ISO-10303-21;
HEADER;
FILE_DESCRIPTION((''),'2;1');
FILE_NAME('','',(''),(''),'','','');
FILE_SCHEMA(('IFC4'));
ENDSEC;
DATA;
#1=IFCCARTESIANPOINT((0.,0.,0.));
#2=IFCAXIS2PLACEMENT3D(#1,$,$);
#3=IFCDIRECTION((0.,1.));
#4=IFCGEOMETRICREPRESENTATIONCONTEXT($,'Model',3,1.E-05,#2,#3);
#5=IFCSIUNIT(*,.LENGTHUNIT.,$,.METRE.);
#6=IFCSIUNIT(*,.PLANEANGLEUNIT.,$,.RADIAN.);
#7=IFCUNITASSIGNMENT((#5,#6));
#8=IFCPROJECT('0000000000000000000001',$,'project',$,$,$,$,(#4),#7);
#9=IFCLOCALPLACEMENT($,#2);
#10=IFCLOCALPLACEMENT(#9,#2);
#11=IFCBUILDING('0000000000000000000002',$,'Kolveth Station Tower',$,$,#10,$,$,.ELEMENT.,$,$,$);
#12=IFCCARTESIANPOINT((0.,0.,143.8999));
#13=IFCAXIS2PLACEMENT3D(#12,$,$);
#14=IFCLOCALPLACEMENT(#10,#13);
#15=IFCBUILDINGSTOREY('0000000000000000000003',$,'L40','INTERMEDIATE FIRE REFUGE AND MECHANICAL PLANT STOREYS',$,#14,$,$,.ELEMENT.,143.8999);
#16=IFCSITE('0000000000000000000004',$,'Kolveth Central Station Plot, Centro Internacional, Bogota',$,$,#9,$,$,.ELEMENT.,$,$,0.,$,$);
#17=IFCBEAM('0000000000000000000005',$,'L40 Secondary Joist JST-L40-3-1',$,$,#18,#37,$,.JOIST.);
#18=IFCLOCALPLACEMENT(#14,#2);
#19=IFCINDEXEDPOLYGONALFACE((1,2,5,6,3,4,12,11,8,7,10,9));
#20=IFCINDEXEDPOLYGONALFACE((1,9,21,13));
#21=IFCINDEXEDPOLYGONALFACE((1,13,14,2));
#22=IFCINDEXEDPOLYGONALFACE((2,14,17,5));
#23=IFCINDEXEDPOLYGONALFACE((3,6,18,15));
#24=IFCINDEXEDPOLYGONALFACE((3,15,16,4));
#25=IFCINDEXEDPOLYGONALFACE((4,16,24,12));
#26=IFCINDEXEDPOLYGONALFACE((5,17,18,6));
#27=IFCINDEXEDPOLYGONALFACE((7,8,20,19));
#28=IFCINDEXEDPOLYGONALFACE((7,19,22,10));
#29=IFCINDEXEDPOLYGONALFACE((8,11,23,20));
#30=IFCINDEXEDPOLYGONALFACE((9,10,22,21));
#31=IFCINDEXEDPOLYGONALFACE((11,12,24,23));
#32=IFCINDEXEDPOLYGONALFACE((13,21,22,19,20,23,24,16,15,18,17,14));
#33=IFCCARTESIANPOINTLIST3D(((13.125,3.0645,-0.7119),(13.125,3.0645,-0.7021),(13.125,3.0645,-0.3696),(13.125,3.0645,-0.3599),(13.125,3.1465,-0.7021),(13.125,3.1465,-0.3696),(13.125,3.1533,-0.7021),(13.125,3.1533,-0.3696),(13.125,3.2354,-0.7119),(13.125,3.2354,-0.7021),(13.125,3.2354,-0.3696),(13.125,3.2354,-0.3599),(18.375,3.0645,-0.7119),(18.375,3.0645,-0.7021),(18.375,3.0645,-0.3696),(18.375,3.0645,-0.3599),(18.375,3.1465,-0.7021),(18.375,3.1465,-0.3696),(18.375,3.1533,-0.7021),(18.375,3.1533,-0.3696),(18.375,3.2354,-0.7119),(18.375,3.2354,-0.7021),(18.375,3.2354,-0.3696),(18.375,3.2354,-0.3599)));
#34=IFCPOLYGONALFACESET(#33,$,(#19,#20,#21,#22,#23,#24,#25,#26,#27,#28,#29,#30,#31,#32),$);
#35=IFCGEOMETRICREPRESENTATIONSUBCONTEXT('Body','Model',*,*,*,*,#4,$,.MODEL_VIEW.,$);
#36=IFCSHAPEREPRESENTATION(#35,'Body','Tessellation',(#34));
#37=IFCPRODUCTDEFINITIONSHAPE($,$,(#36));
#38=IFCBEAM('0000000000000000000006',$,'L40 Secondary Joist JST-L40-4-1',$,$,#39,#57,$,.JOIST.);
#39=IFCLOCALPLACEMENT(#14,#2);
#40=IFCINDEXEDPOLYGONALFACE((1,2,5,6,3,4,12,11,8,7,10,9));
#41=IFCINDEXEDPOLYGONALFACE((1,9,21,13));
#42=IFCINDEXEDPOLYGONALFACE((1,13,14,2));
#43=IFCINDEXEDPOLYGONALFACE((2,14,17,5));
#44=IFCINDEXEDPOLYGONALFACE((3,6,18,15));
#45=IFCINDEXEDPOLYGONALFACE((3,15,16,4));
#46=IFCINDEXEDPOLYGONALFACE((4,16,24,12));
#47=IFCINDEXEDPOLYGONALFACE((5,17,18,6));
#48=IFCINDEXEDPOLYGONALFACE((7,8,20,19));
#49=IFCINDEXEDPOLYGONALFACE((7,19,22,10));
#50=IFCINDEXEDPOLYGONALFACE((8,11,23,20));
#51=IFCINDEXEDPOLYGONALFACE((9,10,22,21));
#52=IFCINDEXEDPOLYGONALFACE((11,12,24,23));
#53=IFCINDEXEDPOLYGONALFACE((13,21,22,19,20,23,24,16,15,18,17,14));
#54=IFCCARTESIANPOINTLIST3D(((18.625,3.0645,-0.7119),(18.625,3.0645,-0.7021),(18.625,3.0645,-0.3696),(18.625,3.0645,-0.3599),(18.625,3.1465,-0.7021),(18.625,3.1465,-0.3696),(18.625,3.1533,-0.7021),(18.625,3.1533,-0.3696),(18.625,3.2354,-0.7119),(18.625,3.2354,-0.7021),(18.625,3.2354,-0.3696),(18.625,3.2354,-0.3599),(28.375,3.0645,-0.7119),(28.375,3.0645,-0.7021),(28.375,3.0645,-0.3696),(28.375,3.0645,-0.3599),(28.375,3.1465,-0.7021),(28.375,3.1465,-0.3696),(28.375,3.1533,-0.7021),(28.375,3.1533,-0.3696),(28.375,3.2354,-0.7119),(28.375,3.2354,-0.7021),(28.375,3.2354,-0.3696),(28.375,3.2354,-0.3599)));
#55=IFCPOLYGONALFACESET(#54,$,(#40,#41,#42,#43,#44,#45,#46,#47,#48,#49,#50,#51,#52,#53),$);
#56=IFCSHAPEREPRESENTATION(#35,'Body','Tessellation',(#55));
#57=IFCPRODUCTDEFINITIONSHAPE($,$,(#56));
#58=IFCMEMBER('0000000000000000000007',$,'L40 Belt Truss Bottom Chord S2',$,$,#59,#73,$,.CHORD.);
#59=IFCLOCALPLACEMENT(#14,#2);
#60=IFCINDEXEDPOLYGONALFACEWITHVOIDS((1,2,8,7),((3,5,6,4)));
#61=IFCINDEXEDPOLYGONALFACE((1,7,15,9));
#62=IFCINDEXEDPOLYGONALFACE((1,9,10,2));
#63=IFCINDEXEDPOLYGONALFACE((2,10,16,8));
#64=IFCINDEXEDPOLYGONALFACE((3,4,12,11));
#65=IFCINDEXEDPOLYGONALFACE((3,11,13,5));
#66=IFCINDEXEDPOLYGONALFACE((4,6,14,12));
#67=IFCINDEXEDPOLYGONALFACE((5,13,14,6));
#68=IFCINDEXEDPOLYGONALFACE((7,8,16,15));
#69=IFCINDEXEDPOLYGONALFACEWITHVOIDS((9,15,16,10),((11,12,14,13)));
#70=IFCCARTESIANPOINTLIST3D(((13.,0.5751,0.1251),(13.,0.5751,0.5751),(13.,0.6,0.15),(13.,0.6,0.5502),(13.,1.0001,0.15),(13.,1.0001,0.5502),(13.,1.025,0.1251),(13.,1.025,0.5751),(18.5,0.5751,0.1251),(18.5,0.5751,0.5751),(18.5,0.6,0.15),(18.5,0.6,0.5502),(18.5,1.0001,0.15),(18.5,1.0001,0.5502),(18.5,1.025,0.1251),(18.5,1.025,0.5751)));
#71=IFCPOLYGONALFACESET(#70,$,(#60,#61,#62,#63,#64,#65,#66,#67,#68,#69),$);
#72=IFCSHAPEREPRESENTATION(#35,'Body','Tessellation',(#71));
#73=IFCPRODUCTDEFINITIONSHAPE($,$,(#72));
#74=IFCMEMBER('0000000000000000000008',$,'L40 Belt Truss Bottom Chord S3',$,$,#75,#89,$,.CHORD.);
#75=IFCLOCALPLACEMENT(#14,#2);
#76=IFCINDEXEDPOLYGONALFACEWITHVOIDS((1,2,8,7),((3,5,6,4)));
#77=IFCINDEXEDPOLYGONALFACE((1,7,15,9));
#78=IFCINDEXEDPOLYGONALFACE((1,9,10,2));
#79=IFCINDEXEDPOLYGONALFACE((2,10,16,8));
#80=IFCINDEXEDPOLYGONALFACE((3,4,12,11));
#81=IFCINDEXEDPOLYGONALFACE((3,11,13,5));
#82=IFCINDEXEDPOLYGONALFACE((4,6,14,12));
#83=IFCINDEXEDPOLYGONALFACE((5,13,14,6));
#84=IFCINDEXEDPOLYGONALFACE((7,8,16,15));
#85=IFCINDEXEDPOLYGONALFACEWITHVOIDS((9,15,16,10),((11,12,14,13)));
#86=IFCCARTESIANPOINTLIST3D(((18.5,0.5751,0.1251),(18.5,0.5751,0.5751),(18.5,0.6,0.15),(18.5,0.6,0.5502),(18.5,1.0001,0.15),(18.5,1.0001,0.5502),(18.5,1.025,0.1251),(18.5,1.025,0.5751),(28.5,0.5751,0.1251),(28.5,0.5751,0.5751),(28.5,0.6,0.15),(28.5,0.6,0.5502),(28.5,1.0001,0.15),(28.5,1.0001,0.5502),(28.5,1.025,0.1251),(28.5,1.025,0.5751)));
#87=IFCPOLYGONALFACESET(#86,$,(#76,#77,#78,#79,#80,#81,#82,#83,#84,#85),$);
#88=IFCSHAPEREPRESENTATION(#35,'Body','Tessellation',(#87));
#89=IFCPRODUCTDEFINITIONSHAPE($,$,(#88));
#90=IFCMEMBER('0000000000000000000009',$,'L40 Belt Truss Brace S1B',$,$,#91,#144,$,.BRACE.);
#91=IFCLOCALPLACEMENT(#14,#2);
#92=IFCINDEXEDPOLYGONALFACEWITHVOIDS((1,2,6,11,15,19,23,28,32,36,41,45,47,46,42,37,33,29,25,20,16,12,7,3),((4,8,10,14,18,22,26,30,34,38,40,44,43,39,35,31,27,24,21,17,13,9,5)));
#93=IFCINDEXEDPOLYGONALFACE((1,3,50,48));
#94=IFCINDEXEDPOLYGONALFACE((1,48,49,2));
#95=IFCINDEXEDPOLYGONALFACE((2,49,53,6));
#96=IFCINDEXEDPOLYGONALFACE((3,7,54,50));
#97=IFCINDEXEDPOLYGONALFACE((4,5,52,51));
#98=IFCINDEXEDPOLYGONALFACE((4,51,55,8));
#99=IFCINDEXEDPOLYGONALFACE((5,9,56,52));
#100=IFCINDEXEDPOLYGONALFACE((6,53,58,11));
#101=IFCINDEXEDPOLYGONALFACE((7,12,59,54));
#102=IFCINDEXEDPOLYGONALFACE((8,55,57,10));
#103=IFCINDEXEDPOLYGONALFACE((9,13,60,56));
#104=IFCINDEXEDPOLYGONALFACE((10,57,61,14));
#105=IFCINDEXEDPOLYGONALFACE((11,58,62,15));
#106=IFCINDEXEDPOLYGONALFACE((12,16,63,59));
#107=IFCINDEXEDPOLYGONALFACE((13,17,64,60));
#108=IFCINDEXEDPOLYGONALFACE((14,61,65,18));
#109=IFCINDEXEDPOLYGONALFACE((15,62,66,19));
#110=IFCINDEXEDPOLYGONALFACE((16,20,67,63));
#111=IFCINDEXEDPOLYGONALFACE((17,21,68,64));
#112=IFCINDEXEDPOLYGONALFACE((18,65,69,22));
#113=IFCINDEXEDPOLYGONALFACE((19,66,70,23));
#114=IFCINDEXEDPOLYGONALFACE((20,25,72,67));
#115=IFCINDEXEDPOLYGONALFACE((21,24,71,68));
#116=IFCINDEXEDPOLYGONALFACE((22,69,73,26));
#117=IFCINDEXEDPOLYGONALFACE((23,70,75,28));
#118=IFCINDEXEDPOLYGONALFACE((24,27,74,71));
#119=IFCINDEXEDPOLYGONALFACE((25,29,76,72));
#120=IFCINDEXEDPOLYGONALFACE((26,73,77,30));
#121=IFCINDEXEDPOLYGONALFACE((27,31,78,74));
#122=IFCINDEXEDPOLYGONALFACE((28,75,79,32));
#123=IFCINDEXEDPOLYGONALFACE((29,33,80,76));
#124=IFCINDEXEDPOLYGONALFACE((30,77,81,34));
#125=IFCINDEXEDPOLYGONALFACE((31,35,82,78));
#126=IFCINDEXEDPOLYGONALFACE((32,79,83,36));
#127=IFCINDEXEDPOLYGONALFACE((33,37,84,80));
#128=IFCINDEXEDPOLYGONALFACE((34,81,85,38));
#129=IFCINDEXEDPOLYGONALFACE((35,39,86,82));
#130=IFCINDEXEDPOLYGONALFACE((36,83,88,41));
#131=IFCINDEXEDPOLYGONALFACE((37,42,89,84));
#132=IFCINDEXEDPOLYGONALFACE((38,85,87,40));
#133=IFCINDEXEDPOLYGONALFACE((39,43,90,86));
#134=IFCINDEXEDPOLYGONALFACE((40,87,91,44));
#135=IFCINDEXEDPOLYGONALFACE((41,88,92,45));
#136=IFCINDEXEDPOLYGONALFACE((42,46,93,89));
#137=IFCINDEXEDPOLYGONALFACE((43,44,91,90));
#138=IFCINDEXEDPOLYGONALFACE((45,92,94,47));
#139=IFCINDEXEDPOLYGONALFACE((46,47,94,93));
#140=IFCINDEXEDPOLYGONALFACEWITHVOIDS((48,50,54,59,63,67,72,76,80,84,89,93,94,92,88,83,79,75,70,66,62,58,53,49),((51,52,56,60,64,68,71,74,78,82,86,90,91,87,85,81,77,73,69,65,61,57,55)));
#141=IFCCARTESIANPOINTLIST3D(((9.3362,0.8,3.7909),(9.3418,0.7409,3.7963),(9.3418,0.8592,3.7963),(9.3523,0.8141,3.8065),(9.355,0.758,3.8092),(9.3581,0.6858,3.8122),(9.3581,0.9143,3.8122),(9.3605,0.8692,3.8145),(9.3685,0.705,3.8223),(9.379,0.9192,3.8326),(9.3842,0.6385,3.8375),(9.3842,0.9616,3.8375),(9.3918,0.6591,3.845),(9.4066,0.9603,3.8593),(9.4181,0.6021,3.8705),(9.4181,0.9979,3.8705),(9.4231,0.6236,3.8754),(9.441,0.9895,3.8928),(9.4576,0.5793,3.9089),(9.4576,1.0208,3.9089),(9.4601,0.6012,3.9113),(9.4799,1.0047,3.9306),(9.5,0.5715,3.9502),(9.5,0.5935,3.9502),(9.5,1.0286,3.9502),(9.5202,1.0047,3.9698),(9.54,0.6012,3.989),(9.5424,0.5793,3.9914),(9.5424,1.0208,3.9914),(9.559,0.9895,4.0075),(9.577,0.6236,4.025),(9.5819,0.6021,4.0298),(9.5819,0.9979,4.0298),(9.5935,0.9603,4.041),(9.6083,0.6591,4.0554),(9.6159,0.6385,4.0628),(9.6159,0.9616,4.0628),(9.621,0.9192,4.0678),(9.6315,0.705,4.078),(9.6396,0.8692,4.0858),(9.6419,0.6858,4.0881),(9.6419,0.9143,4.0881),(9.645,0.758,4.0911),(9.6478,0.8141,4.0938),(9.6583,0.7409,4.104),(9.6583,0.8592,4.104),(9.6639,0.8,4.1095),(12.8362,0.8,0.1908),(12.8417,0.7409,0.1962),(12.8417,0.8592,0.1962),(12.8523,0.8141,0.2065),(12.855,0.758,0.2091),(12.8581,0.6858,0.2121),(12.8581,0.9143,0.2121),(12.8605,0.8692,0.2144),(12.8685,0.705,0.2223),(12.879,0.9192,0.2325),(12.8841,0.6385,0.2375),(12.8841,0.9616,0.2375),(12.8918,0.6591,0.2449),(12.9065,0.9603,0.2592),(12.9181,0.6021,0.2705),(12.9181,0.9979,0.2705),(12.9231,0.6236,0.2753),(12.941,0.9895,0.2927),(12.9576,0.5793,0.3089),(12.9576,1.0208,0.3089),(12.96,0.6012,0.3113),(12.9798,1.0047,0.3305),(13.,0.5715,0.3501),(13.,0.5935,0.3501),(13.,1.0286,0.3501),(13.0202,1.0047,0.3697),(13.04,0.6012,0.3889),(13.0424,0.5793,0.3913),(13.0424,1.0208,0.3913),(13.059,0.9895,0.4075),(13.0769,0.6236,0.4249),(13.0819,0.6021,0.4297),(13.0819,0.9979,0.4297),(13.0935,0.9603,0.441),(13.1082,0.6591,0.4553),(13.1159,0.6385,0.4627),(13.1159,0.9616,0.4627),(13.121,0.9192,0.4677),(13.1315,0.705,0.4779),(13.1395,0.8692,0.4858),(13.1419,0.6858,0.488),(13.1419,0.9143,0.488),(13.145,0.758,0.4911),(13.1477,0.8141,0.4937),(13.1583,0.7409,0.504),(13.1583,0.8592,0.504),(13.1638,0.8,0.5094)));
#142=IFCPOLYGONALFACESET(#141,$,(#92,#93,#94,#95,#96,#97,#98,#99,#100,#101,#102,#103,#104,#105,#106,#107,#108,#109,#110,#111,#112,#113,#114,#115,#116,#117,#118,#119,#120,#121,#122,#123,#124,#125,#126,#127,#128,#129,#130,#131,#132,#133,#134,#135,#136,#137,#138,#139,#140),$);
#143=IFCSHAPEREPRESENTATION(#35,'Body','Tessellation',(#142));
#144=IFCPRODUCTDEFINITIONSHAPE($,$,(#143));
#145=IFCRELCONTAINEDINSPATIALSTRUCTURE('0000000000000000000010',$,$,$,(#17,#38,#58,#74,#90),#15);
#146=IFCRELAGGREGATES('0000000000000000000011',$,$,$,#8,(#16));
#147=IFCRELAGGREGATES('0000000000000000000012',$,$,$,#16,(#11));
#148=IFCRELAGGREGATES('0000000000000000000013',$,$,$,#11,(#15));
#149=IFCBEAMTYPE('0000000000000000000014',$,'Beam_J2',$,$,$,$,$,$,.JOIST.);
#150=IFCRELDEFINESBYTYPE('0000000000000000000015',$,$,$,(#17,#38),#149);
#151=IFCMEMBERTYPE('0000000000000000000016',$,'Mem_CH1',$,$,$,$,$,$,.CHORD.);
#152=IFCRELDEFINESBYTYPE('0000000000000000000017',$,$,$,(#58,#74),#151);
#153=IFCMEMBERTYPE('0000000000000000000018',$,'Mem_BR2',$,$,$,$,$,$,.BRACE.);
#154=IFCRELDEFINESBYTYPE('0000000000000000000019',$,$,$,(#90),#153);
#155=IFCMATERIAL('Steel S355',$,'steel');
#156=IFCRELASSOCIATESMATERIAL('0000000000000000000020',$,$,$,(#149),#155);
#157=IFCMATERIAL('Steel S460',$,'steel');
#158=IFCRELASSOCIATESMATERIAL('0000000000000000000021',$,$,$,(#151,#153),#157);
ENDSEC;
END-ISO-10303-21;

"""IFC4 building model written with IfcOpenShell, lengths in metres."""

from ifc_helpers import new_model, si_unit, direction, frame, origin, origin_2d, place, context, subcontext, project, spatial, hollow_rectangle, hollow_circle, i_section, extrude, source, transform, mapped, material, material_profile, profile_set, type_object, element, save


model = new_model("IFC4")

# Units and contexts
model_context = context("Model", 3, precision=1e-05, world=origin(), true_north=direction((0.0, 1.0)))
body_context = subcontext(model_context, "Body", "Model", "MODEL_VIEW")
ifc_project = project(units=[si_unit("LENGTHUNIT", "METRE"), si_unit("PLANEANGLEUNIT", "RADIAN")], contexts=[model_context])

# Site, building, storey
site_placement = place(None, origin())
site = spatial("IfcSite", under=ifc_project, at=site_placement, Name="Kolveth Central Station Plot, Centro Internacional, Bogota", CompositionType="ELEMENT", RefElevation=0.0)
building_placement = place(site_placement, origin())
building = spatial("IfcBuilding", under=site, at=building_placement, Name="Kolveth Station Tower", CompositionType="ELEMENT")
storey_placement = place(building_placement, frame((0.0, 0.0, 143.8999)))
storey = spatial("IfcBuildingStorey", under=building, at=storey_placement, Name="L40", Description="INTERMEDIATE FIRE REFUGE AND MECHANICAL PLANT STOREYS", CompositionType="ELEMENT", Elevation=143.8999)

# Shared definitions
ifc_material_1 = material(Name="Steel S460", Category="steel")

# Beams
ifc_material_2 = material(Name="Steel S355", Category="steel")
ifc_material_profile_1 = material_profile(ifc_material_2, i_section(OverallWidth=0.1709, OverallDepth=0.3521, WebThickness=0.0068, FlangeThickness=0.0098, at=origin_2d()), Name="W360x44")
ifc_profile_set_1 = profile_set([ifc_material_profile_1], Name="Steel S355")
beam_type_1 = type_object("IfcBeamType", Name="Beam_J2", PredefinedType="JOIST", material=ifc_profile_set_1)
shared_shape_1 = source(origin(), body_context, "Body", "SweptSolid", [
    extrude(i_section(OverallWidth=0.1709, OverallDepth=0.3521, WebThickness=0.0068, FlangeThickness=0.0098, at=origin_2d()), origin(), (0.0, 0.0, 1.0), 5.25),
])
beam_1_placement = place(storey_placement, frame((13.125, 3.1499, -0.5359), z_axis=(1.0, 0.0, 0.0), x_axis=(0.0, 1.0, 0.0)))
element("IfcBeam", 1, at=beam_1_placement, inside=storey, type_object=beam_type_1, Name="L40 Secondary Joist JST-L40-3-1", PredefinedType="JOIST", context=body_context, shape_type="MappedRepresentation", body=[
    mapped(shared_shape_1, transform((0.0, 0.0, 0.0), x_axis=(1.0, 0.0, 0.0), y_axis=(0.0, 1.0, 0.0), z_axis=(0.0, 0.0, 1.0), scale=1.0)),
])
shared_shape_2 = source(origin(), body_context, "Body", "SweptSolid", [
    extrude(i_section(OverallWidth=0.1709, OverallDepth=0.3521, WebThickness=0.0068, FlangeThickness=0.0098, at=origin_2d()), origin(), (0.0, 0.0, 1.0), 9.75),
])
beam_2_placement = place(storey_placement, frame((18.625, 3.1499, -0.5359), z_axis=(1.0, 0.0, 0.0), x_axis=(0.0, 1.0, 0.0)))
element("IfcBeam", 2, at=beam_2_placement, inside=storey, type_object=beam_type_1, Name="L40 Secondary Joist JST-L40-4-1", PredefinedType="JOIST", context=body_context, shape_type="MappedRepresentation", body=[
    mapped(shared_shape_2, transform((0.0, 0.0, 0.0), x_axis=(1.0, 0.0, 0.0), y_axis=(0.0, 1.0, 0.0), z_axis=(0.0, 0.0, 1.0), scale=1.0)),
])

# Members
ifc_material_profile_2 = material_profile(ifc_material_1, hollow_rectangle(XDim=0.45, YDim=0.45, WallThickness=0.0249, at=origin_2d()), Name="HSS450x450x25")
ifc_profile_set_2 = profile_set([ifc_material_profile_2], Name="Steel S460")
member_type_1 = type_object("IfcMemberType", Name="Mem_CH1", PredefinedType="CHORD", material=ifc_profile_set_2)
shared_shape_3 = source(origin(), body_context, "Body", "SweptSolid", [
    extrude(hollow_rectangle(XDim=0.45, YDim=0.45, WallThickness=0.0249, at=origin_2d()), origin(), (0.0, 0.0, 1.0), 5.5),
])
member_1_placement = place(storey_placement, frame((13.0, 0.8, 0.3501), z_axis=(1.0, 0.0, 0.0), x_axis=(0.0, 1.0, 0.0)))
element("IfcMember", 3, at=member_1_placement, inside=storey, type_object=member_type_1, Name="L40 Belt Truss Bottom Chord S2", PredefinedType="CHORD", context=body_context, shape_type="MappedRepresentation", body=[
    mapped(shared_shape_3, transform((0.0, 0.0, 0.0), x_axis=(1.0, 0.0, 0.0), y_axis=(0.0, 1.0, 0.0), z_axis=(0.0, 0.0, 1.0), scale=1.0)),
])
shared_shape_4 = source(origin(), body_context, "Body", "SweptSolid", [
    extrude(hollow_rectangle(XDim=0.45, YDim=0.45, WallThickness=0.0249, at=origin_2d()), origin(), (0.0, 0.0, 1.0), 10.0),
])
member_2_placement = place(storey_placement, frame((18.5, 0.8, 0.3501), z_axis=(1.0, 0.0, 0.0), x_axis=(0.0, 1.0, 0.0)))
element("IfcMember", 4, at=member_2_placement, inside=storey, type_object=member_type_1, Name="L40 Belt Truss Bottom Chord S3", PredefinedType="CHORD", context=body_context, shape_type="MappedRepresentation", body=[
    mapped(shared_shape_4, transform((0.0, 0.0, 0.0), x_axis=(1.0, 0.0, 0.0), y_axis=(0.0, 1.0, 0.0), z_axis=(0.0, 0.0, 1.0), scale=1.0)),
])
ifc_material_profile_3 = material_profile(ifc_material_1, hollow_circle(Radius=0.2285, WallThickness=0.022, at=origin_2d()), Name="CHS457x22")
ifc_profile_set_3 = profile_set([ifc_material_profile_3], Name="Steel S460")
member_type_2 = type_object("IfcMemberType", Name="Mem_BR2", PredefinedType="BRACE", material=ifc_profile_set_3)
shared_shape_5 = source(origin(), body_context, "Body", "SweptSolid", [
    extrude(hollow_circle(Radius=0.2285, WallThickness=0.022, at=origin_2d()), origin(), (0.0, 0.0, 1.0), 5.021),
])
member_3_placement = place(storey_placement, frame((13.0, 0.8, 0.3501), z_axis=(-0.697069, 0.0, 0.717004), x_axis=(0.0, -1.0, 0.0)))
element("IfcMember", 5, at=member_3_placement, inside=storey, type_object=member_type_2, Name="L40 Belt Truss Brace S1B", PredefinedType="BRACE", context=body_context, shape_type="MappedRepresentation", body=[
    mapped(shared_shape_5, transform((0.0, 0.0, 0.0), x_axis=(1.0, 0.0, 0.0), y_axis=(0.0, 1.0, 0.0), z_axis=(0.0, 0.0, 1.0), scale=1.0)),
])

save(model, "model.ifc")
